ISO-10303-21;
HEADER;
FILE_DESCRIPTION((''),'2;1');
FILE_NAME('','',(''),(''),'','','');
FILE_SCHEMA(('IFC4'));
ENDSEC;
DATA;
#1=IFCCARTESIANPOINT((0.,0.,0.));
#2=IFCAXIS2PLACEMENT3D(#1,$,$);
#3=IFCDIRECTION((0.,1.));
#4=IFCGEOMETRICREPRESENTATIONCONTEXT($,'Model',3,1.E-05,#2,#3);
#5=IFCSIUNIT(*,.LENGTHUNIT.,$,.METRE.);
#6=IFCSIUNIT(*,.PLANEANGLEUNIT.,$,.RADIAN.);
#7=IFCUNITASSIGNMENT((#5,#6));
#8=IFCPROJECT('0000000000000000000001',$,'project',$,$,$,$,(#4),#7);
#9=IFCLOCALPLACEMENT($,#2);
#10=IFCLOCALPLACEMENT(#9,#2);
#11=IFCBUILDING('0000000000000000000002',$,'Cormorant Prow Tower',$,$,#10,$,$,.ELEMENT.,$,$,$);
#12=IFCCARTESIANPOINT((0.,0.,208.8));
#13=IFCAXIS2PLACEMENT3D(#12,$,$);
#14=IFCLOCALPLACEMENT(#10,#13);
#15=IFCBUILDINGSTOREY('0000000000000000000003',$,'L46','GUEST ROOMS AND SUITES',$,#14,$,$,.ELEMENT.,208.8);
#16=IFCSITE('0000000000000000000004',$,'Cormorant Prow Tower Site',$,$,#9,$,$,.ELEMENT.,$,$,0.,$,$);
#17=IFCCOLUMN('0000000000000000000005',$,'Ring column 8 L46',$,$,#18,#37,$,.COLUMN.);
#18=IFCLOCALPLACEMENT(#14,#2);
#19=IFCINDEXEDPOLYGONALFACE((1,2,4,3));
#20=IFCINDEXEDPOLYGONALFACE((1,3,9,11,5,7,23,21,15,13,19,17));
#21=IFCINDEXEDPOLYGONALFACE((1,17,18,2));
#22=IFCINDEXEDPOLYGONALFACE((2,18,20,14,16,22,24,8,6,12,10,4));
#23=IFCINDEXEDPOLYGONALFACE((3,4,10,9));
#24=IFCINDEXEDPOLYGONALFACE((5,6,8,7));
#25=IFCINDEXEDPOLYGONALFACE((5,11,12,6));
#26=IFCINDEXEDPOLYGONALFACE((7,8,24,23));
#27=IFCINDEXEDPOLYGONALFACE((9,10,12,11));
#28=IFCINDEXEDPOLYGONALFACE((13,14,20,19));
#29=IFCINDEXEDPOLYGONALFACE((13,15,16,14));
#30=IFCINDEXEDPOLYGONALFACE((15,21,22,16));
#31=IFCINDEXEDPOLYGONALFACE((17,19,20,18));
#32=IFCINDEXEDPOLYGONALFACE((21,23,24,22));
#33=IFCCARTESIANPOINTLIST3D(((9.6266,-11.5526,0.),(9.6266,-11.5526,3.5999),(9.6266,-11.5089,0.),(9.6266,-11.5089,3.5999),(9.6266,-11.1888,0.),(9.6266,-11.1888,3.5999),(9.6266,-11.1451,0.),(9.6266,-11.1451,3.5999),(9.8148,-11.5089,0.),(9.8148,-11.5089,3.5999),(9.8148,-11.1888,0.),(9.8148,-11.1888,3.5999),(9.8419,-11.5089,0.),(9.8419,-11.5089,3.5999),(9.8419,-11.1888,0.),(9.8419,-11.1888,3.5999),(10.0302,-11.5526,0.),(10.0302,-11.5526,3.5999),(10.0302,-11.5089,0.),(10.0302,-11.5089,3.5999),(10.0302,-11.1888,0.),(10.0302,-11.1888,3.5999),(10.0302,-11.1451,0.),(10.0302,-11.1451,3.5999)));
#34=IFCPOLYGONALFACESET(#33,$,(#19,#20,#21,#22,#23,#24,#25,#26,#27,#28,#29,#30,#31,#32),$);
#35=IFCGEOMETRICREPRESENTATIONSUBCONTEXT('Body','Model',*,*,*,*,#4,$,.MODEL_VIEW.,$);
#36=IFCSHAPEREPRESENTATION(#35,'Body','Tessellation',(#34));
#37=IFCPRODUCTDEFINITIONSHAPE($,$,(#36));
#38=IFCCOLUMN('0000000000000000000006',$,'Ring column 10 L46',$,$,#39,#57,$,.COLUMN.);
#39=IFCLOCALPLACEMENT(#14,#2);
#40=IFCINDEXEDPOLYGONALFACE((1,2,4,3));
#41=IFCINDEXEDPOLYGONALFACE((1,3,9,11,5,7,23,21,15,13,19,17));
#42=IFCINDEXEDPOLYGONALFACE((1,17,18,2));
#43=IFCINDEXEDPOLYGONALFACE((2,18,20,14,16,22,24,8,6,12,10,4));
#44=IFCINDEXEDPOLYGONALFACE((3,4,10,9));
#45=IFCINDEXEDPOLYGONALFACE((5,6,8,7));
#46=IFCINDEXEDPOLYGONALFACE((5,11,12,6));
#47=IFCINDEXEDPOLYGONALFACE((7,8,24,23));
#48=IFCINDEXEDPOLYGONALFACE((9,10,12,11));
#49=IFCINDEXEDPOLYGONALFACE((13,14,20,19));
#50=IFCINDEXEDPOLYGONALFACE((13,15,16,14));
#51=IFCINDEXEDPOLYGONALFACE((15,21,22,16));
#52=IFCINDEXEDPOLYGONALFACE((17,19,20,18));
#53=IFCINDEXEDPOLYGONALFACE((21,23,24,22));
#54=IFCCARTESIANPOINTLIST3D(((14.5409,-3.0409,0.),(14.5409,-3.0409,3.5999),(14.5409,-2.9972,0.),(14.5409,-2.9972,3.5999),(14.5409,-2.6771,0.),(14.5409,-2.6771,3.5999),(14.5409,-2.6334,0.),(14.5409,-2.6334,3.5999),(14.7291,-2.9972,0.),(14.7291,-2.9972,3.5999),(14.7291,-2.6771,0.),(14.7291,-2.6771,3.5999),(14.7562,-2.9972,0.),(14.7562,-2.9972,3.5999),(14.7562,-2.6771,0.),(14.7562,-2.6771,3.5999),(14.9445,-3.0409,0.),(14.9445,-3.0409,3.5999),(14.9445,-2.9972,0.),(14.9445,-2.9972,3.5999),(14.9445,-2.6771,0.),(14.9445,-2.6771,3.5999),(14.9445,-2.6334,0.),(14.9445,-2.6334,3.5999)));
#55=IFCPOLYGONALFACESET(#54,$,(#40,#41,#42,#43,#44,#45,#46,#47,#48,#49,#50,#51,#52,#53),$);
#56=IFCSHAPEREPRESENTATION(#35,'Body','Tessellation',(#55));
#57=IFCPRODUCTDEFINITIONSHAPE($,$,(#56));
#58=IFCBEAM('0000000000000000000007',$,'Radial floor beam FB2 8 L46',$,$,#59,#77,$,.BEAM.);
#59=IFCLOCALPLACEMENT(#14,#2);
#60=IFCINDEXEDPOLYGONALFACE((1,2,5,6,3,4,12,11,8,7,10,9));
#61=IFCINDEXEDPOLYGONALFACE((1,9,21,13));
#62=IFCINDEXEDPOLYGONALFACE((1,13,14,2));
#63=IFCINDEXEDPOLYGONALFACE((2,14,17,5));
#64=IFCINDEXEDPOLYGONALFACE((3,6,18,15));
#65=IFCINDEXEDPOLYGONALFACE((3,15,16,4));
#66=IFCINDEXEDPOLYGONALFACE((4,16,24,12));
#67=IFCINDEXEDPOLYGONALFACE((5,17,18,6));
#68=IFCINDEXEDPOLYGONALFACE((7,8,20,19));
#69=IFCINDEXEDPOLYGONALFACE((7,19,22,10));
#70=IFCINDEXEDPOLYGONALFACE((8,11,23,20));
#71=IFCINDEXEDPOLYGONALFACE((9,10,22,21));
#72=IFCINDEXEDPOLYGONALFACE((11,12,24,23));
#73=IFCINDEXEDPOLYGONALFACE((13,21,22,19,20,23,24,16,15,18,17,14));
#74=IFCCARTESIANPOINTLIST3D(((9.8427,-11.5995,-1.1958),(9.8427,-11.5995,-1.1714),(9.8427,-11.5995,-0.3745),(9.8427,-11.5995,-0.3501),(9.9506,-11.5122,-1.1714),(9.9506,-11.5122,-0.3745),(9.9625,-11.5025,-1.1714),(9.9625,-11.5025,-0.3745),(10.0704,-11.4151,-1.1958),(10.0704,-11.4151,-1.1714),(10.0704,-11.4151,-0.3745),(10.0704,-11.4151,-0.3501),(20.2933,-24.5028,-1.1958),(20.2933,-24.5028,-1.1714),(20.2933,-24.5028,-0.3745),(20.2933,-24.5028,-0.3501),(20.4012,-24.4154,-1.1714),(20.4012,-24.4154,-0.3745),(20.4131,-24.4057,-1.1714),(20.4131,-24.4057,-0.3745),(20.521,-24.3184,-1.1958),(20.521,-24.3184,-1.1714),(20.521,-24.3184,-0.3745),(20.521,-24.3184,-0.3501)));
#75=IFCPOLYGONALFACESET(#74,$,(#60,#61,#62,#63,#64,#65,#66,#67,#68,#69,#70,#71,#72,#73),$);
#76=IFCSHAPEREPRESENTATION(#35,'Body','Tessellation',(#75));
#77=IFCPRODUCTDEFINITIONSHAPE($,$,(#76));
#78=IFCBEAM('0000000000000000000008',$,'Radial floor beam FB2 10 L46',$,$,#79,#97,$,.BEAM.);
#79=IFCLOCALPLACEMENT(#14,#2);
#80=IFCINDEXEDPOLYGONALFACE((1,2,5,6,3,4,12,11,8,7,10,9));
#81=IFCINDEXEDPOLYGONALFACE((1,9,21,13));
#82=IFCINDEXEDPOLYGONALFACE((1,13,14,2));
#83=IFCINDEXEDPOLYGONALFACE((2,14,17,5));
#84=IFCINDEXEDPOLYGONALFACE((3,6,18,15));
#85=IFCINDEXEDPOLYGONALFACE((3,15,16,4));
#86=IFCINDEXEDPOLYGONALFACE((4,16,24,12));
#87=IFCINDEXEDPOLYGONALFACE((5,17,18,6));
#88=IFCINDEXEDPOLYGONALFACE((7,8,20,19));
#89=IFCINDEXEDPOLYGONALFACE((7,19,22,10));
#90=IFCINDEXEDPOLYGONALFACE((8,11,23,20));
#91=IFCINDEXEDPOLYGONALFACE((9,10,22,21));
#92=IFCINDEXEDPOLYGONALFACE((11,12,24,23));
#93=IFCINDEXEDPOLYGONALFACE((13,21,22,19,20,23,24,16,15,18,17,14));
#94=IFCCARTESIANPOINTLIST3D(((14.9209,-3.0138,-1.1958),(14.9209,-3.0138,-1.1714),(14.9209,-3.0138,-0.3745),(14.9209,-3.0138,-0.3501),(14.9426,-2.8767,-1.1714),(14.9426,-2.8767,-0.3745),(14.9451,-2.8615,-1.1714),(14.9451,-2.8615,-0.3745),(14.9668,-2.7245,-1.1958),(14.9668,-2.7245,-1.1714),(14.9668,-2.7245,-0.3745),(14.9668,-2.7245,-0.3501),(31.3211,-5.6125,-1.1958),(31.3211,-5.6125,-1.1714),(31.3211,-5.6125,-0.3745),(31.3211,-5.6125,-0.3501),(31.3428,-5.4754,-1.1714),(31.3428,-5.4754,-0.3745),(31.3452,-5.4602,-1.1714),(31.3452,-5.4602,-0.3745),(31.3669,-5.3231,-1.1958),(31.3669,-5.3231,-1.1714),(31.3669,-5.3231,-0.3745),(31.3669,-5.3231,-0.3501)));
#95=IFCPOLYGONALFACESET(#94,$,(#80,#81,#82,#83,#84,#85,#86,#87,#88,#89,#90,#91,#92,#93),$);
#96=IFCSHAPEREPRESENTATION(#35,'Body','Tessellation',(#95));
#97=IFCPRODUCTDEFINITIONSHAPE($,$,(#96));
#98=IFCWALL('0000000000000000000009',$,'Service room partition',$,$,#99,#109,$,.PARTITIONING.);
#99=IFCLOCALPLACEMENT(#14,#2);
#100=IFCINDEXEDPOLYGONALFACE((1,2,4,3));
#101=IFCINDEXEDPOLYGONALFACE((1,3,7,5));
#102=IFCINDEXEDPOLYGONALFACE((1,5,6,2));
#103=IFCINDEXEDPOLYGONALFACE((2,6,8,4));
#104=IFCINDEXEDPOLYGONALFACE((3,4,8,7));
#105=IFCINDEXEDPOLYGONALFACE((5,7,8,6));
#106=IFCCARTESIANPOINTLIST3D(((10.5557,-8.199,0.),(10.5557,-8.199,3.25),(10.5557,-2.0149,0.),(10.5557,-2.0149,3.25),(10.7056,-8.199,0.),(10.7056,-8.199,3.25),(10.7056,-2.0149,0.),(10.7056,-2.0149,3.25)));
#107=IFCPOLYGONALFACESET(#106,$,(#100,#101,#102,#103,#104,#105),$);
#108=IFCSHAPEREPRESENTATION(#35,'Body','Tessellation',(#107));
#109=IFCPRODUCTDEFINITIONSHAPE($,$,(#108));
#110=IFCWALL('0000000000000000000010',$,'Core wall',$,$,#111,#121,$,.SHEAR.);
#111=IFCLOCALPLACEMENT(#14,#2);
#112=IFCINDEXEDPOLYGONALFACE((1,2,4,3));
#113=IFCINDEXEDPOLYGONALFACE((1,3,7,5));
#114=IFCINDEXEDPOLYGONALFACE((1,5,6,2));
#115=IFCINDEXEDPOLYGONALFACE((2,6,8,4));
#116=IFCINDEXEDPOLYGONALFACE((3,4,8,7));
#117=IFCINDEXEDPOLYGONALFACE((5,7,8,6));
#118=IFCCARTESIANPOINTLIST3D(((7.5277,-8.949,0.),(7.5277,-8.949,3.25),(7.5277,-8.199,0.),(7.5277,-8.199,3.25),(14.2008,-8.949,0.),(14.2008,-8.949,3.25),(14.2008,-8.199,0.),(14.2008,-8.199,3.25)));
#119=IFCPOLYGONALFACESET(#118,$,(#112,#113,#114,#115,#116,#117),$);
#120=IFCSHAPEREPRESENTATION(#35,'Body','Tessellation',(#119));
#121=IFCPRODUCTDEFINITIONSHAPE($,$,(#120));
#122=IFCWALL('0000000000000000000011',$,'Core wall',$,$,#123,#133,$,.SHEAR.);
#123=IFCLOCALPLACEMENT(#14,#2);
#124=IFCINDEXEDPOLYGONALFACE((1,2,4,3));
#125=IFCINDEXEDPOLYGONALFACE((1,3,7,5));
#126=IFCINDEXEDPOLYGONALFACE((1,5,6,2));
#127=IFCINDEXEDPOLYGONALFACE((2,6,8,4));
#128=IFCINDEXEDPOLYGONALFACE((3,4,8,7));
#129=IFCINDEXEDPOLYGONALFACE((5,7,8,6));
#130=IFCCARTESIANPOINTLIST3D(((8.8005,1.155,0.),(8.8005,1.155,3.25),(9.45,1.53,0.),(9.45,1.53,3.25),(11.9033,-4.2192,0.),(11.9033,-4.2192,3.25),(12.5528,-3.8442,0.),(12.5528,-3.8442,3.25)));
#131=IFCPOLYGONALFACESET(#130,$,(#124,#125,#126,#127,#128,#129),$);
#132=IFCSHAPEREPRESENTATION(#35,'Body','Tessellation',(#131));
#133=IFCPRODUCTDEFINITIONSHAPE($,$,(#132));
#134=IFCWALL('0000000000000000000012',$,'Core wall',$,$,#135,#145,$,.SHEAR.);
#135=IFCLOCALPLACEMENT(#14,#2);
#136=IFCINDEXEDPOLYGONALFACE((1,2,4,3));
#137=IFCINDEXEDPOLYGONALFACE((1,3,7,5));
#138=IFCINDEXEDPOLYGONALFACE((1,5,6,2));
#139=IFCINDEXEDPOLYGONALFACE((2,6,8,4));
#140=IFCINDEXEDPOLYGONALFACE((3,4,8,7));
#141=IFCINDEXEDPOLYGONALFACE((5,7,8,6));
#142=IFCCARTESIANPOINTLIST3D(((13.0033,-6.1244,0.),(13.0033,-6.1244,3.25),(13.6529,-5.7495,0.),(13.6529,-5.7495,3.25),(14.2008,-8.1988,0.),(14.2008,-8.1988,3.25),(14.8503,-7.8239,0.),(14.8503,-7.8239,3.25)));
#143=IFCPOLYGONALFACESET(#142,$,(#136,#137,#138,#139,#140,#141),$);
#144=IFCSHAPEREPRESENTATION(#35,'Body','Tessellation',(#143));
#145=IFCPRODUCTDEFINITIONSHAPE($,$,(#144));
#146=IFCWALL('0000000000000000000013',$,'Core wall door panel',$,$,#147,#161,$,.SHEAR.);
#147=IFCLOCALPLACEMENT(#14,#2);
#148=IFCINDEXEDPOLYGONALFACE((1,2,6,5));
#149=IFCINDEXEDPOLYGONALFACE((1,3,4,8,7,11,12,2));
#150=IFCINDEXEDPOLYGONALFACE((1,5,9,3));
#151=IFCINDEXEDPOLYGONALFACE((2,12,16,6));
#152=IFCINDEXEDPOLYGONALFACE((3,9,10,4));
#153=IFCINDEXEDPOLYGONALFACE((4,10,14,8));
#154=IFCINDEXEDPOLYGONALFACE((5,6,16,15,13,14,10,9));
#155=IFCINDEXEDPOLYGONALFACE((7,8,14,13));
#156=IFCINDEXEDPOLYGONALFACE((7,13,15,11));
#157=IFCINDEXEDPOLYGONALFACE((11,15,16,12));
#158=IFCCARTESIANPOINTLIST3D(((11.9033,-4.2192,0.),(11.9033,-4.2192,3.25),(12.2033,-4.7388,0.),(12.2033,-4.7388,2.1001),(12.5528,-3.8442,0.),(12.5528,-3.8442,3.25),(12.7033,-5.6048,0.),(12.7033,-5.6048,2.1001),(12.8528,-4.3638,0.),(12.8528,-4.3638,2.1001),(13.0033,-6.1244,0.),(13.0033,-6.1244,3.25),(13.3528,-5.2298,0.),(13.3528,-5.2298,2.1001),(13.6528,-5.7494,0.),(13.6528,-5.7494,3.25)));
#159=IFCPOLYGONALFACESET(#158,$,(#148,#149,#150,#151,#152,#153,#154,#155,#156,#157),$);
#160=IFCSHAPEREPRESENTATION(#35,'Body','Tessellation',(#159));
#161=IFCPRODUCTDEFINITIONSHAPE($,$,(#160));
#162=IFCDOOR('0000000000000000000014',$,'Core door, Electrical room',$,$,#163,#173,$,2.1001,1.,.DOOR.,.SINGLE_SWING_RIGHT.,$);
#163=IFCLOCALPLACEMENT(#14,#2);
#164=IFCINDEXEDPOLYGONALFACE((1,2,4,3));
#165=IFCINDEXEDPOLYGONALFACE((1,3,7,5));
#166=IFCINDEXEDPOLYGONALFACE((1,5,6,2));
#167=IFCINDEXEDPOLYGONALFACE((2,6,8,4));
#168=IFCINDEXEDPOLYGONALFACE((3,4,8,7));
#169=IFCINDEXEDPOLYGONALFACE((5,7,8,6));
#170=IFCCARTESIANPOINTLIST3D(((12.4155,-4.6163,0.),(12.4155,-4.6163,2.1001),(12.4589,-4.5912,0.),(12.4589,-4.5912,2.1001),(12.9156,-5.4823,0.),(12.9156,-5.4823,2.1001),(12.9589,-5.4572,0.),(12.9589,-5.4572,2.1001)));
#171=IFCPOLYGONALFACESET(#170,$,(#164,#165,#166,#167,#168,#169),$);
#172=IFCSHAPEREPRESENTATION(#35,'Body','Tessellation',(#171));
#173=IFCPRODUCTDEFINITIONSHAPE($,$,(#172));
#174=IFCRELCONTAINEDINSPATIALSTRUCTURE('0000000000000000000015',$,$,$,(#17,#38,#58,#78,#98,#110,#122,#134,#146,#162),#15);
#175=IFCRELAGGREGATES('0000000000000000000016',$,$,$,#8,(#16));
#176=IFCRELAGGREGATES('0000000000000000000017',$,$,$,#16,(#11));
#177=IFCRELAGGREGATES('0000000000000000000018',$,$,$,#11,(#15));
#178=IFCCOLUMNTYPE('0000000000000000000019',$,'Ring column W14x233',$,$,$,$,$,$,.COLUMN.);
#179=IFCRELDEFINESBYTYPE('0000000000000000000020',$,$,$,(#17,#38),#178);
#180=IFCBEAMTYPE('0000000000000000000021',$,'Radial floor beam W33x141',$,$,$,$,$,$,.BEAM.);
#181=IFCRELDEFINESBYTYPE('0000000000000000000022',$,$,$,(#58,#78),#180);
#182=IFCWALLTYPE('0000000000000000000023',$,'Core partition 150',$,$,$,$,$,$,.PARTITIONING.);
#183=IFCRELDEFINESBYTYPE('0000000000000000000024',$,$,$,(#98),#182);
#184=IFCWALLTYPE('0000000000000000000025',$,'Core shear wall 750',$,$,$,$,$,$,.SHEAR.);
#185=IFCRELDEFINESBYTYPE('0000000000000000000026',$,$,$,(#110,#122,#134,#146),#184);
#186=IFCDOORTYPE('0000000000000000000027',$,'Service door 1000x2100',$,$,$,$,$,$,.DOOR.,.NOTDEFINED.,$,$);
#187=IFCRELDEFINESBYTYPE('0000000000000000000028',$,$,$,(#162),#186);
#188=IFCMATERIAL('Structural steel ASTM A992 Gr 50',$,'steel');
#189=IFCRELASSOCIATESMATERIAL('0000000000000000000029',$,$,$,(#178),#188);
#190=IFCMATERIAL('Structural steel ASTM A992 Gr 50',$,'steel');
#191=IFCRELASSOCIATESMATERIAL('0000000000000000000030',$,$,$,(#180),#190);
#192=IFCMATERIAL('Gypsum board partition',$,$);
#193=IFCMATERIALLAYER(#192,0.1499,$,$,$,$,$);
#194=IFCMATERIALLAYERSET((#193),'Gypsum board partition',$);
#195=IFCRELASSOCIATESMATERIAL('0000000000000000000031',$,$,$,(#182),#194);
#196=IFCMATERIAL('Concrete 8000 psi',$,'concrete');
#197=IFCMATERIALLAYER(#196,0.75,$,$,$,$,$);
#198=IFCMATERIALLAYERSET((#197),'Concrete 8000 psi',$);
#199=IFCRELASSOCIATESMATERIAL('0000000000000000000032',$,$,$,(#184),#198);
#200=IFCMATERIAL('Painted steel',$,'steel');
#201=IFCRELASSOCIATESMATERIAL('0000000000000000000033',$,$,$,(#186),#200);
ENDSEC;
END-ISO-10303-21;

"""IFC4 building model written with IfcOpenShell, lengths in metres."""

from ifc_helpers import new_model, si_unit, direction, frame, frame_2d, origin, origin_2d, place, context, subcontext, project, spatial, rectangle, i_section, extrude, material, layer, layer_set, material_profile, profile_set, type_object, element, fill, save


model = new_model("IFC4")

# Units and contexts
model_context = context("Model", 3, precision=1e-05, world=origin(), true_north=direction((0.0, 1.0)))
body_context = subcontext(model_context, "Body", "Model", "MODEL_VIEW")
ifc_project = project(units=[si_unit("LENGTHUNIT", "METRE"), si_unit("PLANEANGLEUNIT", "RADIAN")], contexts=[model_context])

# Site, building, storey
site_placement = place(None, origin())
site = spatial("IfcSite", under=ifc_project, at=site_placement, Name="Cormorant Prow Tower Site", CompositionType="ELEMENT", RefElevation=0.0)
building_placement = place(site_placement, origin())
building = spatial("IfcBuilding", under=site, at=building_placement, Name="Cormorant Prow Tower", CompositionType="ELEMENT")
storey_placement = place(building_placement, frame((0.0, 0.0, 208.8)))
storey = spatial("IfcBuildingStorey", under=building, at=storey_placement, Name="L46", Description="GUEST ROOMS AND SUITES", CompositionType="ELEMENT", Elevation=208.8)

# Columns
ifc_material_1 = material(Name="Structural steel ASTM A992 Gr 50", Category="steel")
ifc_material_profile_1 = material_profile(ifc_material_1, i_section(OverallWidth=0.4036, OverallDepth=0.4075, WebThickness=0.0271, FlangeThickness=0.0437, at=origin_2d()), Name="W14x233")
ifc_profile_set_1 = profile_set([ifc_material_profile_1], Name="Structural steel ASTM A992 Gr 50")
column_type = type_object("IfcColumnType", Name="Ring column W14x233", PredefinedType="COLUMN", material=ifc_profile_set_1)
for number, where, z_axis, x_axis, name in (
    (1, (9.8284, -11.3489, 0.0), (0.0, 0.0, 1.0), (1.0, 0.0, 0.0), "Ring column 8 L46"),
    (2, (14.7427, -2.8372, 0.0), (0.0, 0.0, 1.0), (1.0, 0.0, 0.0), "Ring column 10 L46"),
):
    element("IfcColumn", number, at=place(storey_placement, frame(where, z_axis=z_axis, x_axis=x_axis)), inside=storey, type_object=column_type, Name=name, PredefinedType="COLUMN", context=body_context, shape_type="SweptSolid", body=[
        extrude(i_section(OverallWidth=0.4036, OverallDepth=0.4075, WebThickness=0.0271, FlangeThickness=0.0437, at=origin_2d()), origin(), (0.0, 0.0, 1.0), 3.5999),
    ])

# Beams
ifc_material_2 = material(Name="Structural steel ASTM A992 Gr 50", Category="steel")
ifc_material_profile_2 = material_profile(ifc_material_2, i_section(OverallWidth=0.293, OverallDepth=0.8457, WebThickness=0.0154, FlangeThickness=0.0244, at=origin_2d()), Name="W33x141")
ifc_profile_set_2 = profile_set([ifc_material_profile_2], Name="Structural steel ASTM A992 Gr 50")
beam_type = type_object("IfcBeamType", Name="Radial floor beam W33x141", PredefinedType="BEAM", material=ifc_profile_set_2)
beam_1_placement = place(storey_placement, frame((9.9565, -11.5073, -0.7729), z_axis=(0.629385, -0.777094, 0.0), x_axis=(0.777094, 0.629385, 0.0)))
element("IfcBeam", 3, at=beam_1_placement, inside=storey, type_object=beam_type, Name="Radial floor beam FB2 8 L46", PredefinedType="BEAM", context=body_context, shape_type="SweptSolid", body=[
    extrude(i_section(OverallWidth=0.293, OverallDepth=0.8457, WebThickness=0.0154, FlangeThickness=0.0244, at=origin_2d()), origin(), (0.0, 0.0, 1.0), 16.6045),
])
beam_2_placement = place(storey_placement, frame((14.9438, -2.8691, -0.7729), z_axis=(0.987678, -0.156499, 0.0), x_axis=(0.156499, 0.987678, 0.0)))
element("IfcBeam", 4, at=beam_2_placement, inside=storey, type_object=beam_type, Name="Radial floor beam FB2 10 L46", PredefinedType="BEAM", context=body_context, shape_type="SweptSolid", body=[
    extrude(i_section(OverallWidth=0.293, OverallDepth=0.8457, WebThickness=0.0154, FlangeThickness=0.0244, at=origin_2d()), origin(), (0.0, 0.0, 1.0), 16.6047),
])

# Walls
ifc_material_3 = material(Name="Gypsum board partition")
ifc_layer_1 = layer(ifc_material_3, 0.1499)
ifc_layer_set_1 = layer_set([ifc_layer_1], Name="Gypsum board partition")
wall_type_1 = type_object("IfcWallType", Name="Core partition 150", PredefinedType="PARTITIONING", material=ifc_layer_set_1)
wall_1_placement = place(storey_placement, frame((10.6306, -8.199, 0.0), z_axis=(0.0, 0.0, 1.0), x_axis=(0.0, 1.0, 0.0)))
element("IfcWall", 5, at=wall_1_placement, inside=storey, type_object=wall_type_1, Name="Service room partition", PredefinedType="PARTITIONING", context=body_context, shape_type="SweptSolid", body=[
    extrude(rectangle(XDim=6.1841, YDim=0.1499, at=frame_2d((3.092, 0.0))), origin(), (0.0, 0.0, 1.0), 3.25),
])
ifc_material_4 = material(Name="Concrete 8000 psi", Category="concrete")
ifc_layer_2 = layer(ifc_material_4, 0.75)
ifc_layer_set_2 = layer_set([ifc_layer_2], Name="Concrete 8000 psi")
wall_type_2 = type_object("IfcWallType", Name="Core shear wall 750", PredefinedType="SHEAR", material=ifc_layer_set_2)
wall_2_placement = place(storey_placement, frame((7.5278, -8.574, 0.0), z_axis=(0.0, 0.0, 1.0), x_axis=(1.0, 0.0, 0.0)))
element("IfcWall", 6, at=wall_2_placement, inside=storey, type_object=wall_type_2, Name="Core wall", PredefinedType="SHEAR", context=body_context, shape_type="SweptSolid", body=[
    extrude(rectangle(XDim=6.6731, YDim=0.75, at=frame_2d((3.3364, 0.0))), origin(), (0.0, 0.0, 1.0), 3.25),
])
wall_3_placement = place(storey_placement, frame((12.228, -4.0317, 0.0), z_axis=(0.0, 0.0, 1.0), x_axis=(-0.499994, 0.866029, 0.0)))
element("IfcWall", 7, at=wall_3_placement, inside=storey, type_object=wall_type_2, Name="Core wall", PredefinedType="SHEAR", context=body_context, shape_type="SweptSolid", body=[
    extrude(rectangle(XDim=6.2056, YDim=0.75, at=frame_2d((3.1028, 0.0))), origin(), (0.0, 0.0, 1.0), 3.25),
])
wall_4_placement = place(storey_placement, frame((14.5256, -8.0115, 0.0), z_axis=(0.0, 0.0, 1.0), x_axis=(-0.499943, 0.866058, 0.0)))
element("IfcWall", 8, at=wall_4_placement, inside=storey, type_object=wall_type_2, Name="Core wall", PredefinedType="SHEAR", context=body_context, shape_type="SweptSolid", body=[
    extrude(rectangle(XDim=2.3953, YDim=0.75, at=frame_2d((1.1978, 0.0))), origin(), (0.0, 0.0, 1.0), 3.25),
])

# Wall, opening, door
wall_5_placement = place(storey_placement, frame((13.3281, -5.937, 0.0), z_axis=(0.0, 0.0, 1.0), x_axis=(-0.50003, 0.866008, 0.0)))
wall_5 = element("IfcWall", 9, at=wall_5_placement, inside=storey, type_object=wall_type_2, Name="Core wall door panel", PredefinedType="SHEAR", context=body_context, shape_type="SweptSolid", body=[
    extrude(rectangle(XDim=2.2, YDim=0.75, at=frame_2d((1.1001, 0.0))), origin(), (0.0, 0.0, 1.0), 3.25),
])
opening_1_placement = place(wall_5_placement, frame((0.6001, 0.0, 0.0)))
opening_1 = element("IfcOpeningElement", 10, at=opening_1_placement, cuts=wall_5, PredefinedType="OPENING", context=body_context, shape_type="SweptSolid", body=[
    extrude(rectangle(XDim=1.0, YDim=2.1001, at=frame_2d((0.5, 1.05))), frame((0.0, 0.385, 0.0), z_axis=(0.0, -1.0, 0.0), x_axis=(1.0, 0.0, 0.0)), (0.0, 0.0, 1.0), 0.77),
])
ifc_material_5 = material(Name="Painted steel", Category="steel")
door_type_1 = type_object("IfcDoorType", Name="Service door 1000x2100", OperationType="NOTDEFINED", PredefinedType="DOOR", material=ifc_material_5)
door_1_placement = place(opening_1_placement, origin())
door_1 = element("IfcDoor", 11, at=door_1_placement, inside=storey, type_object=door_type_1, Name="Core door, Electrical room", OperationType="SINGLE_SWING_RIGHT", OverallHeight=2.1001, OverallWidth=1.0, PredefinedType="DOOR", context=body_context, shape_type="SweptSolid", body=[
    extrude(rectangle(XDim=1.0, YDim=2.1001, at=frame_2d((0.5, 1.05))), frame((0.0, 0.1299, 0.0), z_axis=(0.0, -1.0, 0.0), x_axis=(1.0, 0.0, 0.0)), (0.0, 0.0, 1.0), 0.05),
])
fill(opening_1, door_1)

save(model, "model.ifc")
